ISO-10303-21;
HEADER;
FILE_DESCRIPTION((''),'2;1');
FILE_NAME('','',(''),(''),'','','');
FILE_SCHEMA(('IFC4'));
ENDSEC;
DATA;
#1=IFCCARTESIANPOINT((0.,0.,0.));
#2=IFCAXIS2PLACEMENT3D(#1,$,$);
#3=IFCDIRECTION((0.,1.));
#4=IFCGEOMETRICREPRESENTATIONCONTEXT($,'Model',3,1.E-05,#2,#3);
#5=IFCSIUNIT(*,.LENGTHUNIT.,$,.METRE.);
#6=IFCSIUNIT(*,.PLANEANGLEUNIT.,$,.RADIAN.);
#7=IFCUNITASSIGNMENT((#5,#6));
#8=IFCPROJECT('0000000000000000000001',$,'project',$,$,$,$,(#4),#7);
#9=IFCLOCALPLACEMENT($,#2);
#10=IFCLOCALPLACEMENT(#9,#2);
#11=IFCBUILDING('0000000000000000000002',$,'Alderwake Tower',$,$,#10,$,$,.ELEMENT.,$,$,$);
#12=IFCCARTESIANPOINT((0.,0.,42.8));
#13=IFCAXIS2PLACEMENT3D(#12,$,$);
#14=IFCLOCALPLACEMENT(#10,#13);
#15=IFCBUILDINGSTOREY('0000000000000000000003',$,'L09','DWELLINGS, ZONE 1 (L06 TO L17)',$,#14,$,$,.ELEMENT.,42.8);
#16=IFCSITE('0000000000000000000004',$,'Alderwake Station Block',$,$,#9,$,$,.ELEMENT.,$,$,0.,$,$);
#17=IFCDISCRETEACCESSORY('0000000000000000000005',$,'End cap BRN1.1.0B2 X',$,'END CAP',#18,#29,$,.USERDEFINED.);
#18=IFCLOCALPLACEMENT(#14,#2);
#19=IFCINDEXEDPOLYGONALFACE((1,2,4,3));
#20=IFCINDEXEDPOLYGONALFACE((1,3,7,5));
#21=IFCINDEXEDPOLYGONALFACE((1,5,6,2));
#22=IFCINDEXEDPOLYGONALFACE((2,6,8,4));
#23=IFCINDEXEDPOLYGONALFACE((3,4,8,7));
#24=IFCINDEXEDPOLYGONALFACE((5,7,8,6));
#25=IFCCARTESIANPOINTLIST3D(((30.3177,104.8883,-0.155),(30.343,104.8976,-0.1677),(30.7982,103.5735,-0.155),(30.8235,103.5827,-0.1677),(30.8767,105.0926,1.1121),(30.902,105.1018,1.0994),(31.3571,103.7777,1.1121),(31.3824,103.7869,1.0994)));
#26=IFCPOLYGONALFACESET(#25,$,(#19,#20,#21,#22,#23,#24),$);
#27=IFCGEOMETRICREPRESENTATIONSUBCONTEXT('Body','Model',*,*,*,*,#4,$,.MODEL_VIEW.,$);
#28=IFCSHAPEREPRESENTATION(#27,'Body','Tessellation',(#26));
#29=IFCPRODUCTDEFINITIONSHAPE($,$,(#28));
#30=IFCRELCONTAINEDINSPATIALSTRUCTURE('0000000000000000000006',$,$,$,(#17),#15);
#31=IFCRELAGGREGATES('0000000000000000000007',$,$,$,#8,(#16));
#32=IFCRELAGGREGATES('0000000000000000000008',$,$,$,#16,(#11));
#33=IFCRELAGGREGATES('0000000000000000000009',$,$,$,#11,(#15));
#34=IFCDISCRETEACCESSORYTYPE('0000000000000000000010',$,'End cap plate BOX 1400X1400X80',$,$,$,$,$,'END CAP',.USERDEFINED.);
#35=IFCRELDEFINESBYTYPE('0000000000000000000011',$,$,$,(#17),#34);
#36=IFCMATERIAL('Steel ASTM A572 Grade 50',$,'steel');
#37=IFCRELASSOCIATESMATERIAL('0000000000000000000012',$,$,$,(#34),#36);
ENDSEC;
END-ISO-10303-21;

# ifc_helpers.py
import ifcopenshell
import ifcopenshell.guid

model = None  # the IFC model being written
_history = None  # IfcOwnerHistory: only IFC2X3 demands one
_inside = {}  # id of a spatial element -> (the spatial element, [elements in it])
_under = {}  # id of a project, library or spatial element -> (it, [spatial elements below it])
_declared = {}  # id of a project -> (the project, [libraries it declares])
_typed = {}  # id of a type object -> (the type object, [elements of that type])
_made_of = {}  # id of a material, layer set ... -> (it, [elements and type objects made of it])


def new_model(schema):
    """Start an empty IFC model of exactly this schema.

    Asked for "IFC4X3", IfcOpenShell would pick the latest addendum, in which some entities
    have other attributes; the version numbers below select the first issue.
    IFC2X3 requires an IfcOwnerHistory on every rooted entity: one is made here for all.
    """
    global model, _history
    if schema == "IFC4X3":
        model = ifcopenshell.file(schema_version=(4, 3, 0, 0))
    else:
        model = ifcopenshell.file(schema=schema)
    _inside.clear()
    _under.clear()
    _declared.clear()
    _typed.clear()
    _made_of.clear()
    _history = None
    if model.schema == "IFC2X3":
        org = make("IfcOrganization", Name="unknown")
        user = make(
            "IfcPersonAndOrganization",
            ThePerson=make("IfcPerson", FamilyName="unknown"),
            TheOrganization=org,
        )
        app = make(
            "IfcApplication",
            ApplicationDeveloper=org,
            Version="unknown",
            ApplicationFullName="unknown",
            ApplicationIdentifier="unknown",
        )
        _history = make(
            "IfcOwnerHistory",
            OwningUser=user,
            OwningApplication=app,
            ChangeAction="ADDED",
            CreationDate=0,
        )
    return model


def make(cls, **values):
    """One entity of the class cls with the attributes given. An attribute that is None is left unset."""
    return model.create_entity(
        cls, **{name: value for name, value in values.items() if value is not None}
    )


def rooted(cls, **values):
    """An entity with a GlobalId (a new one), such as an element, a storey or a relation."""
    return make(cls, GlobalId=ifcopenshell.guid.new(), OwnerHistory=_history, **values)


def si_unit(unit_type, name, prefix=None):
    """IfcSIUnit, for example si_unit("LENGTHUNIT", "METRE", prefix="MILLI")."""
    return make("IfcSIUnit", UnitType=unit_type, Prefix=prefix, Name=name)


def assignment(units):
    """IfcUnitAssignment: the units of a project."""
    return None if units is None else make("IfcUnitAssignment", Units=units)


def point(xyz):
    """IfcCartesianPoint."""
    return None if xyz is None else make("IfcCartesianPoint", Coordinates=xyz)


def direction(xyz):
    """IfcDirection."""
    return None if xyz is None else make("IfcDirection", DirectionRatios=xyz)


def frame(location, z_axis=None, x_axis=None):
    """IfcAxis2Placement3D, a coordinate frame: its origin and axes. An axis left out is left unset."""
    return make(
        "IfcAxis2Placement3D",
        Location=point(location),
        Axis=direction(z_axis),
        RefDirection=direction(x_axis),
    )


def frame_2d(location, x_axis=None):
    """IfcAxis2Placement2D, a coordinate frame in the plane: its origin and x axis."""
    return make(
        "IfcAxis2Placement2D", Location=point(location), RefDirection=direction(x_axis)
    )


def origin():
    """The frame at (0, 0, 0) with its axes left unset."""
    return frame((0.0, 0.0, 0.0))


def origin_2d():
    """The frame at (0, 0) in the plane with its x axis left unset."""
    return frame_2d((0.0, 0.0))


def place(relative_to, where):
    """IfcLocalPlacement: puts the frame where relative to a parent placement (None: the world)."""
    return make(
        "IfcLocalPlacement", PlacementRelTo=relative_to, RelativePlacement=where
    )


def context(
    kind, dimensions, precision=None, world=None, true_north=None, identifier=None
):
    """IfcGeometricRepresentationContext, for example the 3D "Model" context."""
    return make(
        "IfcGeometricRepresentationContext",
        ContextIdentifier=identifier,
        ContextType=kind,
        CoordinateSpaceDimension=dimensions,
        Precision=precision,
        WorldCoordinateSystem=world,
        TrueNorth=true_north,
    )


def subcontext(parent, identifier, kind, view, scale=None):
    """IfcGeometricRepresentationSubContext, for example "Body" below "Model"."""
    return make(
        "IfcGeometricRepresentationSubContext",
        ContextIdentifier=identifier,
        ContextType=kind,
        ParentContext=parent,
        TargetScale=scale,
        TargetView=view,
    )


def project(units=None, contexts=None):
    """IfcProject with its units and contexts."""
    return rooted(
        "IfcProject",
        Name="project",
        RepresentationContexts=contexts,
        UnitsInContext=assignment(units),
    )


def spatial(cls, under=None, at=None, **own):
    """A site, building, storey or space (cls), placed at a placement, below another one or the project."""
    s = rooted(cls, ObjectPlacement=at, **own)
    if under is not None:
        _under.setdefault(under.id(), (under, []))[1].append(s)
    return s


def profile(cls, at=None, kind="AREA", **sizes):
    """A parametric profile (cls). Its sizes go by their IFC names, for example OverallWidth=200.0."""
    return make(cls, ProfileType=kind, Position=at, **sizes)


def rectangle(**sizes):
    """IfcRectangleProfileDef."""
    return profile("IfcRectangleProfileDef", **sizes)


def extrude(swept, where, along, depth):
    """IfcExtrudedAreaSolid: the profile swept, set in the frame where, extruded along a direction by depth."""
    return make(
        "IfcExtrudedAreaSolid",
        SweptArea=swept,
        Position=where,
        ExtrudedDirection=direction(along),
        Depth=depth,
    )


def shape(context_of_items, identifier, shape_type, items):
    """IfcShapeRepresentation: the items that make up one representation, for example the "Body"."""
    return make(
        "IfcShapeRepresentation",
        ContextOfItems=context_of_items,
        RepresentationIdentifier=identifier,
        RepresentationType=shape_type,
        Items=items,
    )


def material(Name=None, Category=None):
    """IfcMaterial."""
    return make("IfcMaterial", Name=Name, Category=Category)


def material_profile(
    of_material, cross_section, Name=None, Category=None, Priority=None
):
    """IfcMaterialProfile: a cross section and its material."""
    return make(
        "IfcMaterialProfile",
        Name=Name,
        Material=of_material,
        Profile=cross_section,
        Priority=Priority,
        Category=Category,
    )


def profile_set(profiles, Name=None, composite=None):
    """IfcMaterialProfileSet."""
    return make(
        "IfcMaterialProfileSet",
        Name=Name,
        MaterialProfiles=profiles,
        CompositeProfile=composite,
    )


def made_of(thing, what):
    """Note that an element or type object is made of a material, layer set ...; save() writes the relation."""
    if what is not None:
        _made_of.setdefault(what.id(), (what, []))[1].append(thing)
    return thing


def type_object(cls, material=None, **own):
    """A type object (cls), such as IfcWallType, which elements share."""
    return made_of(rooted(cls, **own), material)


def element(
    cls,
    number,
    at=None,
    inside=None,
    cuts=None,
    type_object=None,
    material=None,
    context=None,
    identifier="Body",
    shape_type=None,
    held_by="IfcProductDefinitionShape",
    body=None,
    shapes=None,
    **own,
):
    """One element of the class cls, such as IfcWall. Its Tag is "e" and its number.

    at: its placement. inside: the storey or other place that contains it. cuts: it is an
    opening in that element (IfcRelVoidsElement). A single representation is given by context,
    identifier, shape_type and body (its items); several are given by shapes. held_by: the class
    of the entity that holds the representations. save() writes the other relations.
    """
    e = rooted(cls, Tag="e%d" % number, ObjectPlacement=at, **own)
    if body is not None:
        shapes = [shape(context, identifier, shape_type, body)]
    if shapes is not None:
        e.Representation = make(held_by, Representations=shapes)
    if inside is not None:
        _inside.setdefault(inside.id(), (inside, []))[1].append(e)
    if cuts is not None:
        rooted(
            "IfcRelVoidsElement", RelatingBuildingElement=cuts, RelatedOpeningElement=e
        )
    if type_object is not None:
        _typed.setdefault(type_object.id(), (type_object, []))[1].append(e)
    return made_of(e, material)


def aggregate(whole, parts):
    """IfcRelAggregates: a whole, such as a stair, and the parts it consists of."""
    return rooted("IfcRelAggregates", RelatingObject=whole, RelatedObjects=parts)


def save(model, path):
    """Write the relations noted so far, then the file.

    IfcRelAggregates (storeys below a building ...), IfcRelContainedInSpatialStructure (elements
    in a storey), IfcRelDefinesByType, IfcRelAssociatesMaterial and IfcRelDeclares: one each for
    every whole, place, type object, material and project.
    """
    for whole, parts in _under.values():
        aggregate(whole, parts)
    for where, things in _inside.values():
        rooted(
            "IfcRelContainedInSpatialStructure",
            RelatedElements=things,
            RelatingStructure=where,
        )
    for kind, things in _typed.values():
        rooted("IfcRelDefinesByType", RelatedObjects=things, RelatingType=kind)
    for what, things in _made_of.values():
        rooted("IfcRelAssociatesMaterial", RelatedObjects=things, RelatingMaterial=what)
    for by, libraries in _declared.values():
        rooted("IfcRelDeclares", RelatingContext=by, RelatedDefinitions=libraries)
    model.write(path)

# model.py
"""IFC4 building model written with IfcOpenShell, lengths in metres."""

from ifc_helpers import new_model, si_unit, direction, frame, origin, origin_2d, place, context, subcontext, project, spatial, rectangle, extrude, material, material_profile, profile_set, type_object, element, save


model = new_model("IFC4")

# Units and contexts
model_context = context("Model", 3, precision=1e-05, world=origin(), true_north=direction((0.0, 1.0)))
body_context = subcontext(model_context, "Body", "Model", "MODEL_VIEW")
ifc_project = project(units=[si_unit("LENGTHUNIT", "METRE"), si_unit("PLANEANGLEUNIT", "RADIAN")], contexts=[model_context])

# Site, building, storey
site_placement = place(None, origin())
site = spatial("IfcSite", under=ifc_project, at=site_placement, Name="Alderwake Station Block", CompositionType="ELEMENT", RefElevation=0.0)
building_placement = place(site_placement, origin())
building = spatial("IfcBuilding", under=site, at=building_placement, Name="Alderwake Tower", CompositionType="ELEMENT")
storey_placement = place(building_placement, frame((0.0, 0.0, 42.8)))
storey = spatial("IfcBuildingStorey", under=building, at=storey_placement, Name="L09", Description="DWELLINGS, ZONE 1 (L06 TO L17)", CompositionType="ELEMENT", Elevation=42.8)

# Discrete accessory
ifc_material_1 = material(Name="Steel ASTM A572 Grade 50", Category="steel")
ifc_material_profile_1 = material_profile(ifc_material_1, rectangle(XDim=1.3999, YDim=1.3999, at=origin_2d()), Name="BOX 1400X1400X80 cap")
ifc_profile_set_1 = profile_set([ifc_material_profile_1], Name="Steel ASTM A572 Grade 50")
discrete_accessory_type = type_object("IfcDiscreteAccessoryType", Name="End cap plate BOX 1400X1400X80", ElementType="END CAP", PredefinedType="USERDEFINED", material=ifc_profile_set_1)
discrete_accessory_placement = place(storey_placement, frame((30.8374, 104.333, 0.4785), z_axis=(0.850177, 0.310642, -0.425089), x_axis=(-0.343193, 0.939265, 0.0)))
element("IfcDiscreteAccessory", 1, at=discrete_accessory_placement, inside=storey, type_object=discrete_accessory_type, Name="End cap BRN1.1.0B2 X", ObjectType="END CAP", PredefinedType="USERDEFINED", context=body_context, shape_type="SweptSolid", body=[
    extrude(rectangle(XDim=1.3999, YDim=1.3999, at=origin_2d()), origin(), (0.0, 0.0, 1.0), 0.0298),
])

save(model, "model.ifc")
